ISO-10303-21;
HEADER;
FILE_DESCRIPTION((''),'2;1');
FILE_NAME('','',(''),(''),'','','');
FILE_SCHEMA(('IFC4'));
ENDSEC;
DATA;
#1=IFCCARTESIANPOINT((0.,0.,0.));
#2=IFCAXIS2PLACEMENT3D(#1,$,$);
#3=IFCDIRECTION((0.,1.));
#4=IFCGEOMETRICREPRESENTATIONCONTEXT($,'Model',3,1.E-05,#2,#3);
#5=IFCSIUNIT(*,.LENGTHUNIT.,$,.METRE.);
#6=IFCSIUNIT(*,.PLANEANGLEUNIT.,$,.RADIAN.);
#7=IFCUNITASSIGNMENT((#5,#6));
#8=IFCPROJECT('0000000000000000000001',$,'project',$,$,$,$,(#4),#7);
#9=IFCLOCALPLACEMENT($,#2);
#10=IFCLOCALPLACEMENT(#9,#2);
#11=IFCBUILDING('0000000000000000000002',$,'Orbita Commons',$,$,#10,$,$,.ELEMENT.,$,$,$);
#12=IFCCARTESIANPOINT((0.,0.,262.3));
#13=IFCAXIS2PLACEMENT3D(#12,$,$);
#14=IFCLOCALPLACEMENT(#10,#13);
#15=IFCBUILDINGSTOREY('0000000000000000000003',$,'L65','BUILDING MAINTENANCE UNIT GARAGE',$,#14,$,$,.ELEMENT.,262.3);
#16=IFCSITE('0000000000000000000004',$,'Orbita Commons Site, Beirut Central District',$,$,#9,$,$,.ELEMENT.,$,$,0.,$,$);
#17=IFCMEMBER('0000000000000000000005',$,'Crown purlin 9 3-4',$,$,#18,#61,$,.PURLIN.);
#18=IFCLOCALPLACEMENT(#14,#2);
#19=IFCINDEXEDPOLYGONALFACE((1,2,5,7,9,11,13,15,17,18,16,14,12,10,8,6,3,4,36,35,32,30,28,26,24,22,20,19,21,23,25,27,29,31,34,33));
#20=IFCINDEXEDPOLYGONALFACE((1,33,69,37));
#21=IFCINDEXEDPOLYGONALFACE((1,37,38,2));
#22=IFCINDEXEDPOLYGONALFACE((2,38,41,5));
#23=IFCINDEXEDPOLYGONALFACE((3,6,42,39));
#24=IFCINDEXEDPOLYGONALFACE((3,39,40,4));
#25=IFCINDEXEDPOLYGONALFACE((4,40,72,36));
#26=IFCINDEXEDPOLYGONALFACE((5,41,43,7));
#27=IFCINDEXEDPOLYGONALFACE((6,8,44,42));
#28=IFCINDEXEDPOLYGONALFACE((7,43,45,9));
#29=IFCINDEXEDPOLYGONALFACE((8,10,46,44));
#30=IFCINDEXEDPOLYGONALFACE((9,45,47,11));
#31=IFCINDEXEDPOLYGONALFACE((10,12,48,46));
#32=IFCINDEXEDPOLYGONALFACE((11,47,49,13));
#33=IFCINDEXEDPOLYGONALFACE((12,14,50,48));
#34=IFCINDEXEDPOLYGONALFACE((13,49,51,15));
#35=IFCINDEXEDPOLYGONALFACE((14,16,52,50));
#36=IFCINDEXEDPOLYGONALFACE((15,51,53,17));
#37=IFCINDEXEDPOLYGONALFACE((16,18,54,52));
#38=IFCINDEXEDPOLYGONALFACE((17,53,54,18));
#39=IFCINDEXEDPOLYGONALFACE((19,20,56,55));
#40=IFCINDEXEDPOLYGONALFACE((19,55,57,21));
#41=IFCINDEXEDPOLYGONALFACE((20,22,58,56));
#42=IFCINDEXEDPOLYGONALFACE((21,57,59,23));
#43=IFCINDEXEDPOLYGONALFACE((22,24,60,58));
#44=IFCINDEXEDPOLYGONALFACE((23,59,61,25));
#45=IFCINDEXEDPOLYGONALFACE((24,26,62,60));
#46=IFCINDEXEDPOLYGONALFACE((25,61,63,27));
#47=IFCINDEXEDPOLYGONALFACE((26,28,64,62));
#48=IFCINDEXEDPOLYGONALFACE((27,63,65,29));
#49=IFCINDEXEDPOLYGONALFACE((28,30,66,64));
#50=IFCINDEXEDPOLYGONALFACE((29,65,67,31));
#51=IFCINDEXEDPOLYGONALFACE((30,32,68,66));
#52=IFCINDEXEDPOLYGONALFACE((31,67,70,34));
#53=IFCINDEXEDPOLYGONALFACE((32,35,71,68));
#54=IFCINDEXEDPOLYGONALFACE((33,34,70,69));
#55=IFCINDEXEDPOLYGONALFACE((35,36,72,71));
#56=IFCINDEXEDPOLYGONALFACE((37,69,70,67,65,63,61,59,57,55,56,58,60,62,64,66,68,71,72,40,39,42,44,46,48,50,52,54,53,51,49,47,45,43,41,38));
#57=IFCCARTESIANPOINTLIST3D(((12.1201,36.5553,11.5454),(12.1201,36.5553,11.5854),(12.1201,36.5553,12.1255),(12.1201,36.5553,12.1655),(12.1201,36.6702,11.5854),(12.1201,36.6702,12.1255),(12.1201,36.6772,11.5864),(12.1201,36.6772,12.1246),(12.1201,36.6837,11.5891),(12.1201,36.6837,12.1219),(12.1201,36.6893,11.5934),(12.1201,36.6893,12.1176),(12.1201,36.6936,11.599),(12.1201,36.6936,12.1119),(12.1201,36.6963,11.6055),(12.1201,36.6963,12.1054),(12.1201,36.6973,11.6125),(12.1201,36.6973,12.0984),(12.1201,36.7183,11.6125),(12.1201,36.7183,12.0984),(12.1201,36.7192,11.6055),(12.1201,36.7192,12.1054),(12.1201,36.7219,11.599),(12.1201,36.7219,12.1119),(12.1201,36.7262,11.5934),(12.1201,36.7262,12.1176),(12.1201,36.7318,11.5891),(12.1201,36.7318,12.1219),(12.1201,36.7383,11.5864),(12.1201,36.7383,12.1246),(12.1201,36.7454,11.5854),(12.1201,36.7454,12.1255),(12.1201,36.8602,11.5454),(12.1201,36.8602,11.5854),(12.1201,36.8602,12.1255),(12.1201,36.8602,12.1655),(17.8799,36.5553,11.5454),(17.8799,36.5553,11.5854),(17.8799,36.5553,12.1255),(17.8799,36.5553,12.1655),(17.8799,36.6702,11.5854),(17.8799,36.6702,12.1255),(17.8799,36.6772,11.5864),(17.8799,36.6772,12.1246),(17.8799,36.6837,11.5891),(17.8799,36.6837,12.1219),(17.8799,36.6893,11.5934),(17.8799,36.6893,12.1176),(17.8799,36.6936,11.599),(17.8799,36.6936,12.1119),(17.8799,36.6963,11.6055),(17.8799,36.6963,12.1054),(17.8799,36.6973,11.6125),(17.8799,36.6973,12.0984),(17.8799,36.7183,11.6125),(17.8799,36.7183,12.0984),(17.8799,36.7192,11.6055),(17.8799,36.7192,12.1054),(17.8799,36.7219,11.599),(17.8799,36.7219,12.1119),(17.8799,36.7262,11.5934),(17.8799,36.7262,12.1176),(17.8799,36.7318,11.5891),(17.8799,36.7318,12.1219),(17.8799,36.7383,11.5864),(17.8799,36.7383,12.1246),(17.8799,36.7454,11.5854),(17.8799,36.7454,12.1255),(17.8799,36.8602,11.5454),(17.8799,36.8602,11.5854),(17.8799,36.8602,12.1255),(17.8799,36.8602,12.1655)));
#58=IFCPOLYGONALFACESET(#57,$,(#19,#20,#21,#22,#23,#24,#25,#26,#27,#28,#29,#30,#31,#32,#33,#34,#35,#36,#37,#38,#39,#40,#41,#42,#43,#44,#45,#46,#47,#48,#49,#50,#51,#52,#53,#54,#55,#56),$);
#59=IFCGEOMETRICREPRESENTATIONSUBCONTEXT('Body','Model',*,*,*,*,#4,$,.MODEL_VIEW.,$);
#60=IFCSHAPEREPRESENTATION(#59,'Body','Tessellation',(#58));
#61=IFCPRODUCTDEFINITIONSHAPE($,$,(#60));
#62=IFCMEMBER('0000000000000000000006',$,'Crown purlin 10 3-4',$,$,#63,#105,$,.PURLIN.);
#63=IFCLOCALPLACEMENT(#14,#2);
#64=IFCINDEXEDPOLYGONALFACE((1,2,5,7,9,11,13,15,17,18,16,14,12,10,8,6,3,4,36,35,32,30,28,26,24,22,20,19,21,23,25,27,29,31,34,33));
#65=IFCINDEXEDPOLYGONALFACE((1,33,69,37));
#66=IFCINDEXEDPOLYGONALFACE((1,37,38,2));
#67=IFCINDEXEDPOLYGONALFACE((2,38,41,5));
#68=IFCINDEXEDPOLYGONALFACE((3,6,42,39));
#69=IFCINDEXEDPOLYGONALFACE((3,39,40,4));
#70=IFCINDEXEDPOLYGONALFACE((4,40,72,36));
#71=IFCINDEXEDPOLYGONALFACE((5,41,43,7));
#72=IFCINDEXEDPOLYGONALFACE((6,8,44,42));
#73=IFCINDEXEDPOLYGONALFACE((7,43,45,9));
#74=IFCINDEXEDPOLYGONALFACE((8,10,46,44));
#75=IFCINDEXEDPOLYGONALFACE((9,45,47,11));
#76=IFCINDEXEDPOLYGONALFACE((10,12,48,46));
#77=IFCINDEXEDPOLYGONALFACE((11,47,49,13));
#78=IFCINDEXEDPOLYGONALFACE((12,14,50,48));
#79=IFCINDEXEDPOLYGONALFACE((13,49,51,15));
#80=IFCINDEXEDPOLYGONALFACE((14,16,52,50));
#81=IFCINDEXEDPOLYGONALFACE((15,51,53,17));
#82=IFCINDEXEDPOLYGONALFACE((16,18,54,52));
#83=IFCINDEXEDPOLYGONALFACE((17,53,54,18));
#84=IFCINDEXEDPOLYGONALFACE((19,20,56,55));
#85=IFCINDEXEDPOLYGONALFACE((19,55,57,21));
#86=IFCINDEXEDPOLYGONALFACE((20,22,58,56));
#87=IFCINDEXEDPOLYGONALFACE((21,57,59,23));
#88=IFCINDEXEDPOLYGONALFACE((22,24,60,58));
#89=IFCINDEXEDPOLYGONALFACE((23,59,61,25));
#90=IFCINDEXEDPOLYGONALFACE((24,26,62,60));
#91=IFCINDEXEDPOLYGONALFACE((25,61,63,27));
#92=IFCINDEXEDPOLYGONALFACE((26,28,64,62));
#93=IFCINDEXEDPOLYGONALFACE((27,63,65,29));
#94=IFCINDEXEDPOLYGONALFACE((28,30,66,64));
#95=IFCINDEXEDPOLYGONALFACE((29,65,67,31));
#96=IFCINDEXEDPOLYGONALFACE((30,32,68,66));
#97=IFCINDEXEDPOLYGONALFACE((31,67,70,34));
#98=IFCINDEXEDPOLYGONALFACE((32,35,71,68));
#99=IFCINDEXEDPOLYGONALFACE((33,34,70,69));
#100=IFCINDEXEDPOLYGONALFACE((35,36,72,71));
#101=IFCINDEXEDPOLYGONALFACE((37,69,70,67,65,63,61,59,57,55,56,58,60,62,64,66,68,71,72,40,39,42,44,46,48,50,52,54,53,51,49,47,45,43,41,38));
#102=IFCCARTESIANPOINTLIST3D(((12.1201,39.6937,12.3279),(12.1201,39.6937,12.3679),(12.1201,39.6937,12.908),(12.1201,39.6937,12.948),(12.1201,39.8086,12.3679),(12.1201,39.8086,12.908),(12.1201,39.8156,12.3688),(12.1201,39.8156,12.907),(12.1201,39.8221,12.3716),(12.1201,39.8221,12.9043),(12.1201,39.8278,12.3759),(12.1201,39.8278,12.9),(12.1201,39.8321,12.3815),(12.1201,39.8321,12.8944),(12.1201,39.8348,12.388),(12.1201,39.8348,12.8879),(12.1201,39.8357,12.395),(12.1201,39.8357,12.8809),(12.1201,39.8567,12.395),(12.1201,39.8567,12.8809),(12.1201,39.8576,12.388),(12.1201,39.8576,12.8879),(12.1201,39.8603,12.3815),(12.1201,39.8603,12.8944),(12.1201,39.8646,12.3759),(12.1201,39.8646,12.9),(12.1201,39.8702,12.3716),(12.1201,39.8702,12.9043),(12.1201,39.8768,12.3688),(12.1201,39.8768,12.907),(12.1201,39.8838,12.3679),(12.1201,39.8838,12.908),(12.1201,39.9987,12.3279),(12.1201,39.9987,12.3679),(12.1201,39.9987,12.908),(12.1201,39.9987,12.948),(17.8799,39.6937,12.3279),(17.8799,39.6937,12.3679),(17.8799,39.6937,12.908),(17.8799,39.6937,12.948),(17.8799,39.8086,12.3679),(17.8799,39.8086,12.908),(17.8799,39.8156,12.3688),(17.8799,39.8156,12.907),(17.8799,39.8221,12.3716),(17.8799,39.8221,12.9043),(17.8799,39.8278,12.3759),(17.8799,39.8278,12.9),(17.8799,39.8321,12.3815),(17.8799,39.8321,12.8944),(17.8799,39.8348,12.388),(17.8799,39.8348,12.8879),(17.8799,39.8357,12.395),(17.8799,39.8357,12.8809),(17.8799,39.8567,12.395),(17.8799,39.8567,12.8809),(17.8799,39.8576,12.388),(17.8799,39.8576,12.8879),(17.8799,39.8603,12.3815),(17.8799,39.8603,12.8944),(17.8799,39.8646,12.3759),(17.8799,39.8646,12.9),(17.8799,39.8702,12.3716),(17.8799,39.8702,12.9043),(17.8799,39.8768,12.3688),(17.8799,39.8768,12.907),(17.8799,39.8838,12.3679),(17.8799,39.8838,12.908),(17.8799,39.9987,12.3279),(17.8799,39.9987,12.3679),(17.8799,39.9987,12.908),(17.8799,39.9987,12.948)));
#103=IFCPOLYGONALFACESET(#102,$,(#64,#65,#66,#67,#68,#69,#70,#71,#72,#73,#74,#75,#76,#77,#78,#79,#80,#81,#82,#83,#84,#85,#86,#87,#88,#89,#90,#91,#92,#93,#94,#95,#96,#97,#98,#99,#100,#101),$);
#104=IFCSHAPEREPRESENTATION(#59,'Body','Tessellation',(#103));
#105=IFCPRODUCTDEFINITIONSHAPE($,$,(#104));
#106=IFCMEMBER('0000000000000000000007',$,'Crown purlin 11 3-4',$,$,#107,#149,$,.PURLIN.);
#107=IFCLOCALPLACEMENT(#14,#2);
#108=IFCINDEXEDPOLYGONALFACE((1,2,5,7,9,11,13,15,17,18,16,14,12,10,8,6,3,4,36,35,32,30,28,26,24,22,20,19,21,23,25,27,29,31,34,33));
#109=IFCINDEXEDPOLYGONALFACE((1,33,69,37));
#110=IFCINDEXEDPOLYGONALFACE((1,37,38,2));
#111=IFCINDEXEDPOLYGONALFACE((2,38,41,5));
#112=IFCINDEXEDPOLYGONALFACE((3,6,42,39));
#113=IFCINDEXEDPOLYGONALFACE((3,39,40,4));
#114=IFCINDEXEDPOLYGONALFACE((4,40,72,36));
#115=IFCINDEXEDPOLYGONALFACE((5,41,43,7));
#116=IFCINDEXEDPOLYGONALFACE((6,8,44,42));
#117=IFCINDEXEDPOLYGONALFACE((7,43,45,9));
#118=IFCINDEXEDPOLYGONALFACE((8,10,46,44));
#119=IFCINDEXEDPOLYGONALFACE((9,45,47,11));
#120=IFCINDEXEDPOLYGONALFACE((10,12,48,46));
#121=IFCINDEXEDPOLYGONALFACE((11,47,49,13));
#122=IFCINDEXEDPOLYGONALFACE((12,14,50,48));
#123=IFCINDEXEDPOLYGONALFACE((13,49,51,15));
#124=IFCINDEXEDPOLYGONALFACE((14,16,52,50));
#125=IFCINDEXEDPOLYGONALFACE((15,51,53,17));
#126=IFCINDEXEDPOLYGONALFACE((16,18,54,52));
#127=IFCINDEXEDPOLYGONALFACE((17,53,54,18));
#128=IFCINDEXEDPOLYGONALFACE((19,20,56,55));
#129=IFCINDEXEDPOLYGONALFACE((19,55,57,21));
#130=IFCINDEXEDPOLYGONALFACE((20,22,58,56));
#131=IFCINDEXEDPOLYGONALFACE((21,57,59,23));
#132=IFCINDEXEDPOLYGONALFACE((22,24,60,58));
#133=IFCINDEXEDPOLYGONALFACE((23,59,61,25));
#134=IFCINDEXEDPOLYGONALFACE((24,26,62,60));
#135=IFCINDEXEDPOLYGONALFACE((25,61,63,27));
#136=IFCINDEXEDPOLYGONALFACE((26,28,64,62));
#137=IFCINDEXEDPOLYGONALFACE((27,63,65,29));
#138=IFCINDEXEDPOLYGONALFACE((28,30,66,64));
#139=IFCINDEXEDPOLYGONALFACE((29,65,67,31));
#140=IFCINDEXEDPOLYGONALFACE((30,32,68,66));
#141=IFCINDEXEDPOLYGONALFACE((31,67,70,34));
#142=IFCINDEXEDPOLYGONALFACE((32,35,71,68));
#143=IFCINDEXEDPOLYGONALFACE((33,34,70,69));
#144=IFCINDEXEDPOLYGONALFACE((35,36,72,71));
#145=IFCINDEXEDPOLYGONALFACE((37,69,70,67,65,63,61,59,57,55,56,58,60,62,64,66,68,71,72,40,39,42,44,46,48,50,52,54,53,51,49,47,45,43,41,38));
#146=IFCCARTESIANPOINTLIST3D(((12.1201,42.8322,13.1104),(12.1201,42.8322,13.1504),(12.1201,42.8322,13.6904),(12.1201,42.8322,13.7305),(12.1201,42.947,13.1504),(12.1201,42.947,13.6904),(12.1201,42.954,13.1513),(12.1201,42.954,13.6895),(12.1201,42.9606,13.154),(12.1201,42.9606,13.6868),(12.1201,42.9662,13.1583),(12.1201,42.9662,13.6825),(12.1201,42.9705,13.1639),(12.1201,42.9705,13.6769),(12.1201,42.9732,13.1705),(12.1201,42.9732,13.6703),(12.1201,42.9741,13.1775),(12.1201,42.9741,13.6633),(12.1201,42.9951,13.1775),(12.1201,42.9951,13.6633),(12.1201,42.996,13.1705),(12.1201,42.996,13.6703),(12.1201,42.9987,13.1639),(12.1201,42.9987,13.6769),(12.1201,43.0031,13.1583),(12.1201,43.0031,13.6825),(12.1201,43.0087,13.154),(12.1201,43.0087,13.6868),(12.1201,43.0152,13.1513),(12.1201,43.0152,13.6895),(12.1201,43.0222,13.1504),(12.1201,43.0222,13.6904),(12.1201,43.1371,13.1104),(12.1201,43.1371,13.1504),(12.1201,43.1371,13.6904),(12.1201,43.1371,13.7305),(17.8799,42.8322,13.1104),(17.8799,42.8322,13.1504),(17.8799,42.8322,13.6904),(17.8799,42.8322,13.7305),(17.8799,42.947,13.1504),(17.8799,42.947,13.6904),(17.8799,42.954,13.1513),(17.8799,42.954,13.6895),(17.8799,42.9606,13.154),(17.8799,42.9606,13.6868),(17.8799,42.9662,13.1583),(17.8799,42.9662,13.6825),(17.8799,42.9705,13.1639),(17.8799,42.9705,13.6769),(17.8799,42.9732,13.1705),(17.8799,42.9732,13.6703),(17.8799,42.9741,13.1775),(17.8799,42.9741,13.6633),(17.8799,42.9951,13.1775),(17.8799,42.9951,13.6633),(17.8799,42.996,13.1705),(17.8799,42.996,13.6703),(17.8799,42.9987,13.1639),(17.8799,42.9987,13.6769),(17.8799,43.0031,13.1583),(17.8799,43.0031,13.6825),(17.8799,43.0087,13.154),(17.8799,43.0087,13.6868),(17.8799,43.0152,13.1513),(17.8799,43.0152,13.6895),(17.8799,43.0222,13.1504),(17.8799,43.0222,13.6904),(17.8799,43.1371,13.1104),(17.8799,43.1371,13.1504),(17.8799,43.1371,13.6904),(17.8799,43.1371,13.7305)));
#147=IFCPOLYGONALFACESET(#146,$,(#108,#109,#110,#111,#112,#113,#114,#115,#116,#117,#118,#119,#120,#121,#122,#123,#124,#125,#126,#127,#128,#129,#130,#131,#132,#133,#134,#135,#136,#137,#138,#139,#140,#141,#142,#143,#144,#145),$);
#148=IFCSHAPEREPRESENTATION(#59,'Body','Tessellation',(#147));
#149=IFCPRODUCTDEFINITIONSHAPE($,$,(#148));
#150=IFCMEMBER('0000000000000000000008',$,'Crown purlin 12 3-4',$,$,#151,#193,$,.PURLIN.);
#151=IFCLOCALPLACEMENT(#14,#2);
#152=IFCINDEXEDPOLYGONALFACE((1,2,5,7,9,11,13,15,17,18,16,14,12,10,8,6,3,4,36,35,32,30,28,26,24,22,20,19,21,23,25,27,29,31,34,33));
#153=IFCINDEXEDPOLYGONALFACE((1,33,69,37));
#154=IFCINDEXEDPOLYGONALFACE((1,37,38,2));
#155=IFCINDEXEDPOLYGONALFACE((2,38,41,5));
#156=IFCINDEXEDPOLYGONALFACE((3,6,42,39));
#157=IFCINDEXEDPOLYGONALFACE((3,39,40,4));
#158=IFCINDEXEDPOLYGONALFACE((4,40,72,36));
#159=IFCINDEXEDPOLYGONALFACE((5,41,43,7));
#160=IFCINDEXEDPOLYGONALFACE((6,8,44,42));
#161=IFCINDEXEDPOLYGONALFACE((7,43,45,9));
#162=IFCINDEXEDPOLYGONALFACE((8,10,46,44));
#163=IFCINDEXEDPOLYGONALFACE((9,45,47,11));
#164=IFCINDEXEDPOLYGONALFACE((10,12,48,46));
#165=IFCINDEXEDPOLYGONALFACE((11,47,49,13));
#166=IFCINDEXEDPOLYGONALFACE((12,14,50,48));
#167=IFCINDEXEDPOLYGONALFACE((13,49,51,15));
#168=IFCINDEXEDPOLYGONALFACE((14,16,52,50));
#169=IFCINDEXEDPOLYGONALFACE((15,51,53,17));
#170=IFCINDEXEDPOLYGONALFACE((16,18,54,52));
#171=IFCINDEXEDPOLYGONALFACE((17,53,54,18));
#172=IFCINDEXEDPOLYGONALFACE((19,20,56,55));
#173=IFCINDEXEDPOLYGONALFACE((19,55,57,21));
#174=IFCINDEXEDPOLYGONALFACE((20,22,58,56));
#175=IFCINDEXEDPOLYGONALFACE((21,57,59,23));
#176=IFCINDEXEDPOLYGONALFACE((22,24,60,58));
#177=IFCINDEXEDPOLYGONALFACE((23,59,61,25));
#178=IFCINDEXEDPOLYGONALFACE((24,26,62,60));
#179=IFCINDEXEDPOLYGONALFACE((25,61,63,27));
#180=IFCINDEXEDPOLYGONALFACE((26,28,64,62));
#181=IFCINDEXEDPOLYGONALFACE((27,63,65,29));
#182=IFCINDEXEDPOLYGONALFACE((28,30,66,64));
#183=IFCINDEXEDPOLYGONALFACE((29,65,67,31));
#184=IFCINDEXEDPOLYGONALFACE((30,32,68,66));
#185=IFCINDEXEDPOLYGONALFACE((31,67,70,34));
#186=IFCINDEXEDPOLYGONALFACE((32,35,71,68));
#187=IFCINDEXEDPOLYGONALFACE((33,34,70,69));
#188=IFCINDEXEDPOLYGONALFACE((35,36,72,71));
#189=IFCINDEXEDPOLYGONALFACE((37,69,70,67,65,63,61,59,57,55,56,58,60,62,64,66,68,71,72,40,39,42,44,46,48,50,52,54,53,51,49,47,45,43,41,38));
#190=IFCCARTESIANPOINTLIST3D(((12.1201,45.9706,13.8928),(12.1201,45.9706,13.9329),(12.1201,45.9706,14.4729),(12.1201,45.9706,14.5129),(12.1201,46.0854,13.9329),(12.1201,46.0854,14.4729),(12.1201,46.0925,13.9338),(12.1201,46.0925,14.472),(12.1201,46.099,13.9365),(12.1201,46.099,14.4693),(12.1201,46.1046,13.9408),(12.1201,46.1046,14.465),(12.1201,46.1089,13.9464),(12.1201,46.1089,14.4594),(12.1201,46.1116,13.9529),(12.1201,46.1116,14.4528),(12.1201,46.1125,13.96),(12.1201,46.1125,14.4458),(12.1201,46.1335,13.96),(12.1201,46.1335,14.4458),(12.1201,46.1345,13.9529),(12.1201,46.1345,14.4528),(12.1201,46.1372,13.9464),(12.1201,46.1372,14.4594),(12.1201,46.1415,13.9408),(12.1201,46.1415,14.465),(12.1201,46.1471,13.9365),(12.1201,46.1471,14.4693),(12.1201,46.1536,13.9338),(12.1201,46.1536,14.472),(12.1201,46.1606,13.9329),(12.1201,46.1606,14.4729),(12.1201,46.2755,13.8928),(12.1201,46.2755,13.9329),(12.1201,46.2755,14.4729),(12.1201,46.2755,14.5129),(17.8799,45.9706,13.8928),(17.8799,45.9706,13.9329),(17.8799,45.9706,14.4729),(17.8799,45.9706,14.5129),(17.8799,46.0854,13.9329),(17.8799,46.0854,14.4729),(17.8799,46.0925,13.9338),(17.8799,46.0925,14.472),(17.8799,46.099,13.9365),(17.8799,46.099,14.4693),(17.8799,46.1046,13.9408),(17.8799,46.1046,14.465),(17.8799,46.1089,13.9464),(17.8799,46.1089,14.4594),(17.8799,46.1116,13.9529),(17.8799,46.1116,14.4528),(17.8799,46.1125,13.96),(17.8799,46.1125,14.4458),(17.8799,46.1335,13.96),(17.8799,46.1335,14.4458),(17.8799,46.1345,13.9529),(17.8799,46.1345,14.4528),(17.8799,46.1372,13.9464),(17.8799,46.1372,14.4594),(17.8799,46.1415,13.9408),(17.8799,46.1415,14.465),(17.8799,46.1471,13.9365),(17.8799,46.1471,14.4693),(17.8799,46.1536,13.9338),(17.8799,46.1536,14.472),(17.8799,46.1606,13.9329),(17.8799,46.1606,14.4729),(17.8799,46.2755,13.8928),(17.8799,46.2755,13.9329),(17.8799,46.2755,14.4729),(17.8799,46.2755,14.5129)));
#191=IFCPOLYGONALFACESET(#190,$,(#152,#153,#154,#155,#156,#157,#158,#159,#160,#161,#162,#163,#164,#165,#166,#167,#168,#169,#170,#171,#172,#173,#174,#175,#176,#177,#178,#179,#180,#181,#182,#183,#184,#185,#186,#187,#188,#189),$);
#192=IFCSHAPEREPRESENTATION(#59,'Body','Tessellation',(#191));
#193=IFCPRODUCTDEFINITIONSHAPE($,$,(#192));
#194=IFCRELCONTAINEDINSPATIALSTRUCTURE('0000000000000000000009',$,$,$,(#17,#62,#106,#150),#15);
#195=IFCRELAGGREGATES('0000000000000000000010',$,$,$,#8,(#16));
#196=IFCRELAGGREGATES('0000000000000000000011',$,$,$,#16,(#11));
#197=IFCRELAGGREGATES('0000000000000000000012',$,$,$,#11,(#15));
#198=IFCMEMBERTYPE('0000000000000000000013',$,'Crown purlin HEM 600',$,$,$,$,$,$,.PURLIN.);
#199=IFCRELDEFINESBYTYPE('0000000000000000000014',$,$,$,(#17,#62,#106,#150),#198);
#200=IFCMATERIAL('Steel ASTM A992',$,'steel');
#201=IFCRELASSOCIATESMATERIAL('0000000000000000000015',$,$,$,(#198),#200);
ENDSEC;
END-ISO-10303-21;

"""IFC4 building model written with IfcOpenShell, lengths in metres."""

from ifc_helpers import new_model, si_unit, direction, frame, origin, origin_2d, place, context, subcontext, project, spatial, i_section, extrude, material, material_profile, profile_set, type_object, element, save


model = new_model("IFC4")

# Units and contexts
model_context = context("Model", 3, precision=1e-05, world=origin(), true_north=direction((0.0, 1.0)))
body_context = subcontext(model_context, "Body", "Model", "MODEL_VIEW")
ifc_project = project(units=[si_unit("LENGTHUNIT", "METRE"), si_unit("PLANEANGLEUNIT", "RADIAN")], contexts=[model_context])

# Site, building, storey
site_placement = place(None, origin())
site = spatial("IfcSite", under=ifc_project, at=site_placement, Name="Orbita Commons Site, Beirut Central District", CompositionType="ELEMENT", RefElevation=0.0)
building_placement = place(site_placement, origin())
building = spatial("IfcBuilding", under=site, at=building_placement, Name="Orbita Commons", CompositionType="ELEMENT")
storey_placement = place(building_placement, frame((0.0, 0.0, 262.3)))
storey = spatial("IfcBuildingStorey", under=building, at=storey_placement, Name="L65", Description="BUILDING MAINTENANCE UNIT GARAGE", CompositionType="ELEMENT", Elevation=262.3)

# Members
ifc_material_1 = material(Name="Steel ASTM A992", Category="steel")
ifc_material_profile_1 = material_profile(ifc_material_1, i_section(OverallWidth=0.3049, OverallDepth=0.6201, WebThickness=0.021, FlangeThickness=0.04, FilletRadius=0.0271, at=origin_2d()), Name="HEM 600")
ifc_profile_set_1 = profile_set([ifc_material_profile_1], Name="Steel ASTM A992")
member_type_1 = type_object("IfcMemberType", Name="Crown purlin HEM 600", PredefinedType="PURLIN", material=ifc_profile_set_1)
for number, where, z_axis, x_axis, name in (
    (1, (12.1201, 36.7078, 11.8555), (1.0, 0.0, 0.0), (0.0, 1.0, 0.0), "Crown purlin 9 3-4"),
    (2, (12.1201, 39.8462, 12.6379), (1.0, 0.0, 0.0), (0.0, 1.0, 0.0), "Crown purlin 10 3-4"),
    (3, (12.1201, 42.9846, 13.4204), (1.0, 0.0, 0.0), (0.0, 1.0, 0.0), "Crown purlin 11 3-4"),
    (4, (12.1201, 46.123, 14.2029), (1.0, 0.0, 0.0), (0.0, 1.0, 0.0), "Crown purlin 12 3-4"),
):
    element("IfcMember", number, at=place(storey_placement, frame(where, z_axis=z_axis, x_axis=x_axis)), inside=storey, type_object=member_type_1, Name=name, PredefinedType="PURLIN", context=body_context, shape_type="SweptSolid", body=[
        extrude(i_section(OverallWidth=0.3049, OverallDepth=0.6201, WebThickness=0.021, FlangeThickness=0.04, FilletRadius=0.0271, at=origin_2d()), origin(), (0.0, 0.0, 1.0), 5.7598),
    ])

save(model, "model.ifc")
